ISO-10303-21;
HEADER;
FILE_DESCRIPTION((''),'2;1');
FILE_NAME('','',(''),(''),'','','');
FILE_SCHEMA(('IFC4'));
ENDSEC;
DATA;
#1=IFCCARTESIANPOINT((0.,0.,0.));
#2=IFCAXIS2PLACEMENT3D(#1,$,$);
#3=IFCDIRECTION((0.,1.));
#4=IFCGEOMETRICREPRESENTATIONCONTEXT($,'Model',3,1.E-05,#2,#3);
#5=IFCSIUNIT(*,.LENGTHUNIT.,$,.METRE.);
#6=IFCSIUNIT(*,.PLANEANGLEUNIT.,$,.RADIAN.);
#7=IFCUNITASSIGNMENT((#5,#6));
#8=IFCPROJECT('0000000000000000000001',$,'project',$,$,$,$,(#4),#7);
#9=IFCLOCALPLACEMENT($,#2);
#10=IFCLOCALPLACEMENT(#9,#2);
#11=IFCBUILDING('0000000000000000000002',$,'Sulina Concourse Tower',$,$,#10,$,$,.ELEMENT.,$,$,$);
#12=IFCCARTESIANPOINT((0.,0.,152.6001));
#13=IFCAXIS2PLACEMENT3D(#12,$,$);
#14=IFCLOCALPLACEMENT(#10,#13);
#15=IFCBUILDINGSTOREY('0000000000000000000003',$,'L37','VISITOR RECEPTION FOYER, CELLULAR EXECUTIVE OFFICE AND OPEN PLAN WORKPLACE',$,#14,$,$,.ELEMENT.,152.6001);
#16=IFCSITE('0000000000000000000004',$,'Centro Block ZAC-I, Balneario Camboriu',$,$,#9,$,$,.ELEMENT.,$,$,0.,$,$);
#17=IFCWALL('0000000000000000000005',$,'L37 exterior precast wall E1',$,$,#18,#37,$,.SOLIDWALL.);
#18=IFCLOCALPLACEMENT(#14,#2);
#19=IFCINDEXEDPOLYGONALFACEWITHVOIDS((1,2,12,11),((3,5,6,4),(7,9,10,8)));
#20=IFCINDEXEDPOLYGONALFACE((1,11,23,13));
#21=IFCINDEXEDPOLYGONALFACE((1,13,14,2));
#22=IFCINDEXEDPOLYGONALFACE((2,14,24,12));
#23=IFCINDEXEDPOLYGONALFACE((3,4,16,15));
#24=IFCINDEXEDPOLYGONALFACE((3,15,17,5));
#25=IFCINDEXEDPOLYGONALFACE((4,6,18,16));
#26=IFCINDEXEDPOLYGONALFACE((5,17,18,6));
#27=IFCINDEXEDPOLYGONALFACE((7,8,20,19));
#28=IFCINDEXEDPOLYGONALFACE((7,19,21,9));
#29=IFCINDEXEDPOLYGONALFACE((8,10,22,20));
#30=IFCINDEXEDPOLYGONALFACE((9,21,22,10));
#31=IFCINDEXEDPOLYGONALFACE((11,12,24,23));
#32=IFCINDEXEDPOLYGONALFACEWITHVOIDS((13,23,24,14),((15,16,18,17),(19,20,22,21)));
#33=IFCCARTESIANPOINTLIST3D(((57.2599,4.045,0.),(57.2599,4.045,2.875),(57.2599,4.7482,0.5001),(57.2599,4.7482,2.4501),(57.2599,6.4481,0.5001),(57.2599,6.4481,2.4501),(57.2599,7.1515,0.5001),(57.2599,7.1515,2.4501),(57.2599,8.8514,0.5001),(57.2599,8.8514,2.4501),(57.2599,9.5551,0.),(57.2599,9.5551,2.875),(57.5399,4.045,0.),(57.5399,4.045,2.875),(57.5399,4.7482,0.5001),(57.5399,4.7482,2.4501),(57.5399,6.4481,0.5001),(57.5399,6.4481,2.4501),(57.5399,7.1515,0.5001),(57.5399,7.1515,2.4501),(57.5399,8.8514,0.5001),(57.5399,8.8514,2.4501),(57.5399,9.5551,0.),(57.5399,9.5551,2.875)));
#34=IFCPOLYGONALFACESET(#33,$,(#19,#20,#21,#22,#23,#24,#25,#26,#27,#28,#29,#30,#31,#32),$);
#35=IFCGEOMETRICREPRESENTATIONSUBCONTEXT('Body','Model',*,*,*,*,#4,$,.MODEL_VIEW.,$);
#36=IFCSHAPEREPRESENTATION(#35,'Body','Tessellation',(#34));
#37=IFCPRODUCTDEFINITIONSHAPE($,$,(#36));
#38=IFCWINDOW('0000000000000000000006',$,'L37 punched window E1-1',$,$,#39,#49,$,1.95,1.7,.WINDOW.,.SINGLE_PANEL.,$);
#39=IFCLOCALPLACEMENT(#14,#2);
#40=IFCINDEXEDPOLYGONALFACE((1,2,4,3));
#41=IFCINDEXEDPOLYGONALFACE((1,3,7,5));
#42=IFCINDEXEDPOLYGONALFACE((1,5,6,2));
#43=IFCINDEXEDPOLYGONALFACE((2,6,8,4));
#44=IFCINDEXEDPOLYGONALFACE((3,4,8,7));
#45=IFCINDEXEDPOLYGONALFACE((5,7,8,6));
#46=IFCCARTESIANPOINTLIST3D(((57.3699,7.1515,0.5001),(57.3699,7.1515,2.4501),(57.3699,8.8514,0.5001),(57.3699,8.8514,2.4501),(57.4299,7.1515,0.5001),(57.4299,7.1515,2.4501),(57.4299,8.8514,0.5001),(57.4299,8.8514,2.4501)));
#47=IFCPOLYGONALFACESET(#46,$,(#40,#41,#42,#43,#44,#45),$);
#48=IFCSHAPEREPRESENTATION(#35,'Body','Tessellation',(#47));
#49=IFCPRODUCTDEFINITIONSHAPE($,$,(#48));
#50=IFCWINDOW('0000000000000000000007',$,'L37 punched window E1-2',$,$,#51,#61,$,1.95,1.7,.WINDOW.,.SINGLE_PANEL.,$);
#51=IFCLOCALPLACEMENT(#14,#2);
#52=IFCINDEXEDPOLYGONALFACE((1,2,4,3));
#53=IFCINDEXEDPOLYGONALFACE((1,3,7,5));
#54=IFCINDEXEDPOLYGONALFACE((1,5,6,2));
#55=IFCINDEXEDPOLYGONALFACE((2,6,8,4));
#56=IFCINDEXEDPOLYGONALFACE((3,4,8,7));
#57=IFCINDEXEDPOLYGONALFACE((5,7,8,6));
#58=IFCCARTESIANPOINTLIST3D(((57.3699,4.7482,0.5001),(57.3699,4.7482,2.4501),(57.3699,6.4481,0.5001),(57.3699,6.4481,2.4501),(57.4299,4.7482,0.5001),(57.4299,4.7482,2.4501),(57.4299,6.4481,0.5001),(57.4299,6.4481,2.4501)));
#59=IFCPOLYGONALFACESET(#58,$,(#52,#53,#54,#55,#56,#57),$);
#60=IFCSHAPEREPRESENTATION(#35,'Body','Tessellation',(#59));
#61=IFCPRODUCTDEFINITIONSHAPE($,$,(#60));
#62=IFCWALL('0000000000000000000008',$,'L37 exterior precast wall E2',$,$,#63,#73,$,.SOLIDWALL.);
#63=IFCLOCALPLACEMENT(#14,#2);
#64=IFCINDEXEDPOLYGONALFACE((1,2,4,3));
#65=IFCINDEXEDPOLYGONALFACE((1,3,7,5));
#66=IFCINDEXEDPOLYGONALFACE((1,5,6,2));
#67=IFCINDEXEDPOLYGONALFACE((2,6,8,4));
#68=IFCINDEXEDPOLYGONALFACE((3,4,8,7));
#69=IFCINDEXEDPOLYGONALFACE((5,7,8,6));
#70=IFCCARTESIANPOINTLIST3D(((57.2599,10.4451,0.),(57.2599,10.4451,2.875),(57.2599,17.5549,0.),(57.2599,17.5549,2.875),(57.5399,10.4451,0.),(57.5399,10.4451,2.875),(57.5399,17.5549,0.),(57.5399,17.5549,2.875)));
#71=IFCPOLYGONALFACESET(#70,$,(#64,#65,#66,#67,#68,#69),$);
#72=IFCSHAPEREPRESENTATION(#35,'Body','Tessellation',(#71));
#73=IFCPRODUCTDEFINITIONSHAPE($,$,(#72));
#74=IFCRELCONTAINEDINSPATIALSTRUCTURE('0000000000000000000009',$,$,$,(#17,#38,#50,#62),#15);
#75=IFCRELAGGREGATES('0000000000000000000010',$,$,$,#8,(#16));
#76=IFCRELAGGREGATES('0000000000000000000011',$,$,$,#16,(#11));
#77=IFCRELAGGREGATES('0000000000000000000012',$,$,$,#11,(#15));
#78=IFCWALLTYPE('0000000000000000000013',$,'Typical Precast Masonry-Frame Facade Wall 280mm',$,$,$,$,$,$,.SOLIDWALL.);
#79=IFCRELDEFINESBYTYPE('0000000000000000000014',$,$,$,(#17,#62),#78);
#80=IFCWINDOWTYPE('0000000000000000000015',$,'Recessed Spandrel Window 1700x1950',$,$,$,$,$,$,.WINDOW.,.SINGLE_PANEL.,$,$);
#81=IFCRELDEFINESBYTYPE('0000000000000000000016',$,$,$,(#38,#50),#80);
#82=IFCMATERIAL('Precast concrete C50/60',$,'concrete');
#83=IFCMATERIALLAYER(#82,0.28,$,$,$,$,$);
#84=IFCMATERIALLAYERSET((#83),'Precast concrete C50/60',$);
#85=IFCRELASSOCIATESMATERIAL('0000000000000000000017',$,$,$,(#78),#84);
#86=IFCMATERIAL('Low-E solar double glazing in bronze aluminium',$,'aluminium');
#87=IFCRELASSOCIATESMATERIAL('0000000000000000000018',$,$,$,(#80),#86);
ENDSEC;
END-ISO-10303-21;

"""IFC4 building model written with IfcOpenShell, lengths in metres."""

from ifc_helpers import new_model, si_unit, direction, frame, frame_2d, origin, place, context, subcontext, project, spatial, rectangle, extrude, material, layer, layer_set, type_object, element, fill, save


model = new_model("IFC4")

# Units and contexts
model_context = context("Model", 3, precision=1e-05, world=origin(), true_north=direction((0.0, 1.0)))
body_context = subcontext(model_context, "Body", "Model", "MODEL_VIEW")
ifc_project = project(units=[si_unit("LENGTHUNIT", "METRE"), si_unit("PLANEANGLEUNIT", "RADIAN")], contexts=[model_context])

# Site, building, storey
site_placement = place(None, origin())
site = spatial("IfcSite", under=ifc_project, at=site_placement, Name="Centro Block ZAC-I, Balneario Camboriu", CompositionType="ELEMENT", RefElevation=0.0)
building_placement = place(site_placement, origin())
building = spatial("IfcBuilding", under=site, at=building_placement, Name="Sulina Concourse Tower", CompositionType="ELEMENT")
storey_placement = place(building_placement, frame((0.0, 0.0, 152.6001)))
storey = spatial("IfcBuildingStorey", under=building, at=storey_placement, Name="L37", Description="VISITOR RECEPTION FOYER, CELLULAR EXECUTIVE OFFICE AND OPEN PLAN WORKPLACE", CompositionType="ELEMENT", Elevation=152.6001)

# Wall, openings, windows
ifc_material_1 = material(Name="Precast concrete C50/60", Category="concrete")
ifc_layer_1 = layer(ifc_material_1, 0.28)
ifc_layer_set_1 = layer_set([ifc_layer_1], Name="Precast concrete C50/60")
wall_type_1 = type_object("IfcWallType", Name="Typical Precast Masonry-Frame Facade Wall 280mm", PredefinedType="SOLIDWALL", material=ifc_layer_set_1)
wall_1_placement = place(storey_placement, frame((57.3999, 9.5549, 0.0), z_axis=(0.0, 0.0, 1.0), x_axis=(0.0, -1.0, 0.0)))
wall_1 = element("IfcWall", 1, at=wall_1_placement, inside=storey, type_object=wall_type_1, Name="L37 exterior precast wall E1", PredefinedType="SOLIDWALL", context=body_context, shape_type="SweptSolid", body=[
    extrude(rectangle(XDim=5.51, YDim=0.28, at=frame_2d((2.7549, 0.0))), origin(), (0.0, 0.0, 1.0), 2.875),
])
opening_1_placement = place(wall_1_placement, frame((0.7034, 0.0, 0.5)))
opening_1 = element("IfcOpeningElement", 2, at=opening_1_placement, cuts=wall_1, PredefinedType="OPENING", context=body_context, shape_type="SweptSolid", body=[
    extrude(rectangle(XDim=1.7, YDim=1.95, at=frame_2d((0.8501, 0.9751))), frame((0.0, 0.1499, 0.0), z_axis=(0.0, -1.0, 0.0), x_axis=(1.0, 0.0, 0.0)), (0.0, 0.0, 1.0), 0.3),
])
opening_2_placement = place(wall_1_placement, frame((3.1067, 0.0, 0.5)))
opening_2 = element("IfcOpeningElement", 3, at=opening_2_placement, cuts=wall_1, PredefinedType="OPENING", context=body_context, shape_type="SweptSolid", body=[
    extrude(rectangle(XDim=1.7, YDim=1.95, at=frame_2d((0.8501, 0.9751))), frame((0.0, 0.1499, 0.0), z_axis=(0.0, -1.0, 0.0), x_axis=(1.0, 0.0, 0.0)), (0.0, 0.0, 1.0), 0.3),
])
ifc_material_2 = material(Name="Low-E solar double glazing in bronze aluminium", Category="aluminium")
window_type = type_object("IfcWindowType", Name="Recessed Spandrel Window 1700x1950", PartitioningType="SINGLE_PANEL", PredefinedType="WINDOW", material=ifc_material_2)
window_1_placement = place(opening_1_placement, origin())
window_1 = element("IfcWindow", 4, at=window_1_placement, inside=storey, type_object=window_type, Name="L37 punched window E1-1", OverallHeight=1.95, OverallWidth=1.7, PartitioningType="SINGLE_PANEL", PredefinedType="WINDOW", context=body_context, shape_type="SweptSolid", body=[
    extrude(rectangle(XDim=1.7, YDim=1.95, at=frame_2d((0.8501, 0.9751))), frame((0.0, 0.03, 0.0), z_axis=(0.0, -1.0, 0.0), x_axis=(1.0, 0.0, 0.0)), (0.0, 0.0, 1.0), 0.0601),
])
fill(opening_1, window_1)
window_2_placement = place(opening_2_placement, origin())
window_2 = element("IfcWindow", 5, at=window_2_placement, inside=storey, type_object=window_type, Name="L37 punched window E1-2", OverallHeight=1.95, OverallWidth=1.7, PartitioningType="SINGLE_PANEL", PredefinedType="WINDOW", context=body_context, shape_type="SweptSolid", body=[
    extrude(rectangle(XDim=1.7, YDim=1.95, at=frame_2d((0.8501, 0.9751))), frame((0.0, 0.03, 0.0), z_axis=(0.0, -1.0, 0.0), x_axis=(1.0, 0.0, 0.0)), (0.0, 0.0, 1.0), 0.0601),
])
fill(opening_2, window_2)

# Wall
wall_2_placement = place(storey_placement, frame((57.3999, 17.5549, 0.0), z_axis=(0.0, 0.0, 1.0), x_axis=(0.0, -1.0, 0.0)))
element("IfcWall", 6, at=wall_2_placement, inside=storey, type_object=wall_type_1, Name="L37 exterior precast wall E2", PredefinedType="SOLIDWALL", context=body_context, shape_type="SweptSolid", body=[
    extrude(rectangle(XDim=7.1099, YDim=0.28, at=frame_2d((3.5549, 0.0))), origin(), (0.0, 0.0, 1.0), 2.875),
])

save(model, "model.ifc")
